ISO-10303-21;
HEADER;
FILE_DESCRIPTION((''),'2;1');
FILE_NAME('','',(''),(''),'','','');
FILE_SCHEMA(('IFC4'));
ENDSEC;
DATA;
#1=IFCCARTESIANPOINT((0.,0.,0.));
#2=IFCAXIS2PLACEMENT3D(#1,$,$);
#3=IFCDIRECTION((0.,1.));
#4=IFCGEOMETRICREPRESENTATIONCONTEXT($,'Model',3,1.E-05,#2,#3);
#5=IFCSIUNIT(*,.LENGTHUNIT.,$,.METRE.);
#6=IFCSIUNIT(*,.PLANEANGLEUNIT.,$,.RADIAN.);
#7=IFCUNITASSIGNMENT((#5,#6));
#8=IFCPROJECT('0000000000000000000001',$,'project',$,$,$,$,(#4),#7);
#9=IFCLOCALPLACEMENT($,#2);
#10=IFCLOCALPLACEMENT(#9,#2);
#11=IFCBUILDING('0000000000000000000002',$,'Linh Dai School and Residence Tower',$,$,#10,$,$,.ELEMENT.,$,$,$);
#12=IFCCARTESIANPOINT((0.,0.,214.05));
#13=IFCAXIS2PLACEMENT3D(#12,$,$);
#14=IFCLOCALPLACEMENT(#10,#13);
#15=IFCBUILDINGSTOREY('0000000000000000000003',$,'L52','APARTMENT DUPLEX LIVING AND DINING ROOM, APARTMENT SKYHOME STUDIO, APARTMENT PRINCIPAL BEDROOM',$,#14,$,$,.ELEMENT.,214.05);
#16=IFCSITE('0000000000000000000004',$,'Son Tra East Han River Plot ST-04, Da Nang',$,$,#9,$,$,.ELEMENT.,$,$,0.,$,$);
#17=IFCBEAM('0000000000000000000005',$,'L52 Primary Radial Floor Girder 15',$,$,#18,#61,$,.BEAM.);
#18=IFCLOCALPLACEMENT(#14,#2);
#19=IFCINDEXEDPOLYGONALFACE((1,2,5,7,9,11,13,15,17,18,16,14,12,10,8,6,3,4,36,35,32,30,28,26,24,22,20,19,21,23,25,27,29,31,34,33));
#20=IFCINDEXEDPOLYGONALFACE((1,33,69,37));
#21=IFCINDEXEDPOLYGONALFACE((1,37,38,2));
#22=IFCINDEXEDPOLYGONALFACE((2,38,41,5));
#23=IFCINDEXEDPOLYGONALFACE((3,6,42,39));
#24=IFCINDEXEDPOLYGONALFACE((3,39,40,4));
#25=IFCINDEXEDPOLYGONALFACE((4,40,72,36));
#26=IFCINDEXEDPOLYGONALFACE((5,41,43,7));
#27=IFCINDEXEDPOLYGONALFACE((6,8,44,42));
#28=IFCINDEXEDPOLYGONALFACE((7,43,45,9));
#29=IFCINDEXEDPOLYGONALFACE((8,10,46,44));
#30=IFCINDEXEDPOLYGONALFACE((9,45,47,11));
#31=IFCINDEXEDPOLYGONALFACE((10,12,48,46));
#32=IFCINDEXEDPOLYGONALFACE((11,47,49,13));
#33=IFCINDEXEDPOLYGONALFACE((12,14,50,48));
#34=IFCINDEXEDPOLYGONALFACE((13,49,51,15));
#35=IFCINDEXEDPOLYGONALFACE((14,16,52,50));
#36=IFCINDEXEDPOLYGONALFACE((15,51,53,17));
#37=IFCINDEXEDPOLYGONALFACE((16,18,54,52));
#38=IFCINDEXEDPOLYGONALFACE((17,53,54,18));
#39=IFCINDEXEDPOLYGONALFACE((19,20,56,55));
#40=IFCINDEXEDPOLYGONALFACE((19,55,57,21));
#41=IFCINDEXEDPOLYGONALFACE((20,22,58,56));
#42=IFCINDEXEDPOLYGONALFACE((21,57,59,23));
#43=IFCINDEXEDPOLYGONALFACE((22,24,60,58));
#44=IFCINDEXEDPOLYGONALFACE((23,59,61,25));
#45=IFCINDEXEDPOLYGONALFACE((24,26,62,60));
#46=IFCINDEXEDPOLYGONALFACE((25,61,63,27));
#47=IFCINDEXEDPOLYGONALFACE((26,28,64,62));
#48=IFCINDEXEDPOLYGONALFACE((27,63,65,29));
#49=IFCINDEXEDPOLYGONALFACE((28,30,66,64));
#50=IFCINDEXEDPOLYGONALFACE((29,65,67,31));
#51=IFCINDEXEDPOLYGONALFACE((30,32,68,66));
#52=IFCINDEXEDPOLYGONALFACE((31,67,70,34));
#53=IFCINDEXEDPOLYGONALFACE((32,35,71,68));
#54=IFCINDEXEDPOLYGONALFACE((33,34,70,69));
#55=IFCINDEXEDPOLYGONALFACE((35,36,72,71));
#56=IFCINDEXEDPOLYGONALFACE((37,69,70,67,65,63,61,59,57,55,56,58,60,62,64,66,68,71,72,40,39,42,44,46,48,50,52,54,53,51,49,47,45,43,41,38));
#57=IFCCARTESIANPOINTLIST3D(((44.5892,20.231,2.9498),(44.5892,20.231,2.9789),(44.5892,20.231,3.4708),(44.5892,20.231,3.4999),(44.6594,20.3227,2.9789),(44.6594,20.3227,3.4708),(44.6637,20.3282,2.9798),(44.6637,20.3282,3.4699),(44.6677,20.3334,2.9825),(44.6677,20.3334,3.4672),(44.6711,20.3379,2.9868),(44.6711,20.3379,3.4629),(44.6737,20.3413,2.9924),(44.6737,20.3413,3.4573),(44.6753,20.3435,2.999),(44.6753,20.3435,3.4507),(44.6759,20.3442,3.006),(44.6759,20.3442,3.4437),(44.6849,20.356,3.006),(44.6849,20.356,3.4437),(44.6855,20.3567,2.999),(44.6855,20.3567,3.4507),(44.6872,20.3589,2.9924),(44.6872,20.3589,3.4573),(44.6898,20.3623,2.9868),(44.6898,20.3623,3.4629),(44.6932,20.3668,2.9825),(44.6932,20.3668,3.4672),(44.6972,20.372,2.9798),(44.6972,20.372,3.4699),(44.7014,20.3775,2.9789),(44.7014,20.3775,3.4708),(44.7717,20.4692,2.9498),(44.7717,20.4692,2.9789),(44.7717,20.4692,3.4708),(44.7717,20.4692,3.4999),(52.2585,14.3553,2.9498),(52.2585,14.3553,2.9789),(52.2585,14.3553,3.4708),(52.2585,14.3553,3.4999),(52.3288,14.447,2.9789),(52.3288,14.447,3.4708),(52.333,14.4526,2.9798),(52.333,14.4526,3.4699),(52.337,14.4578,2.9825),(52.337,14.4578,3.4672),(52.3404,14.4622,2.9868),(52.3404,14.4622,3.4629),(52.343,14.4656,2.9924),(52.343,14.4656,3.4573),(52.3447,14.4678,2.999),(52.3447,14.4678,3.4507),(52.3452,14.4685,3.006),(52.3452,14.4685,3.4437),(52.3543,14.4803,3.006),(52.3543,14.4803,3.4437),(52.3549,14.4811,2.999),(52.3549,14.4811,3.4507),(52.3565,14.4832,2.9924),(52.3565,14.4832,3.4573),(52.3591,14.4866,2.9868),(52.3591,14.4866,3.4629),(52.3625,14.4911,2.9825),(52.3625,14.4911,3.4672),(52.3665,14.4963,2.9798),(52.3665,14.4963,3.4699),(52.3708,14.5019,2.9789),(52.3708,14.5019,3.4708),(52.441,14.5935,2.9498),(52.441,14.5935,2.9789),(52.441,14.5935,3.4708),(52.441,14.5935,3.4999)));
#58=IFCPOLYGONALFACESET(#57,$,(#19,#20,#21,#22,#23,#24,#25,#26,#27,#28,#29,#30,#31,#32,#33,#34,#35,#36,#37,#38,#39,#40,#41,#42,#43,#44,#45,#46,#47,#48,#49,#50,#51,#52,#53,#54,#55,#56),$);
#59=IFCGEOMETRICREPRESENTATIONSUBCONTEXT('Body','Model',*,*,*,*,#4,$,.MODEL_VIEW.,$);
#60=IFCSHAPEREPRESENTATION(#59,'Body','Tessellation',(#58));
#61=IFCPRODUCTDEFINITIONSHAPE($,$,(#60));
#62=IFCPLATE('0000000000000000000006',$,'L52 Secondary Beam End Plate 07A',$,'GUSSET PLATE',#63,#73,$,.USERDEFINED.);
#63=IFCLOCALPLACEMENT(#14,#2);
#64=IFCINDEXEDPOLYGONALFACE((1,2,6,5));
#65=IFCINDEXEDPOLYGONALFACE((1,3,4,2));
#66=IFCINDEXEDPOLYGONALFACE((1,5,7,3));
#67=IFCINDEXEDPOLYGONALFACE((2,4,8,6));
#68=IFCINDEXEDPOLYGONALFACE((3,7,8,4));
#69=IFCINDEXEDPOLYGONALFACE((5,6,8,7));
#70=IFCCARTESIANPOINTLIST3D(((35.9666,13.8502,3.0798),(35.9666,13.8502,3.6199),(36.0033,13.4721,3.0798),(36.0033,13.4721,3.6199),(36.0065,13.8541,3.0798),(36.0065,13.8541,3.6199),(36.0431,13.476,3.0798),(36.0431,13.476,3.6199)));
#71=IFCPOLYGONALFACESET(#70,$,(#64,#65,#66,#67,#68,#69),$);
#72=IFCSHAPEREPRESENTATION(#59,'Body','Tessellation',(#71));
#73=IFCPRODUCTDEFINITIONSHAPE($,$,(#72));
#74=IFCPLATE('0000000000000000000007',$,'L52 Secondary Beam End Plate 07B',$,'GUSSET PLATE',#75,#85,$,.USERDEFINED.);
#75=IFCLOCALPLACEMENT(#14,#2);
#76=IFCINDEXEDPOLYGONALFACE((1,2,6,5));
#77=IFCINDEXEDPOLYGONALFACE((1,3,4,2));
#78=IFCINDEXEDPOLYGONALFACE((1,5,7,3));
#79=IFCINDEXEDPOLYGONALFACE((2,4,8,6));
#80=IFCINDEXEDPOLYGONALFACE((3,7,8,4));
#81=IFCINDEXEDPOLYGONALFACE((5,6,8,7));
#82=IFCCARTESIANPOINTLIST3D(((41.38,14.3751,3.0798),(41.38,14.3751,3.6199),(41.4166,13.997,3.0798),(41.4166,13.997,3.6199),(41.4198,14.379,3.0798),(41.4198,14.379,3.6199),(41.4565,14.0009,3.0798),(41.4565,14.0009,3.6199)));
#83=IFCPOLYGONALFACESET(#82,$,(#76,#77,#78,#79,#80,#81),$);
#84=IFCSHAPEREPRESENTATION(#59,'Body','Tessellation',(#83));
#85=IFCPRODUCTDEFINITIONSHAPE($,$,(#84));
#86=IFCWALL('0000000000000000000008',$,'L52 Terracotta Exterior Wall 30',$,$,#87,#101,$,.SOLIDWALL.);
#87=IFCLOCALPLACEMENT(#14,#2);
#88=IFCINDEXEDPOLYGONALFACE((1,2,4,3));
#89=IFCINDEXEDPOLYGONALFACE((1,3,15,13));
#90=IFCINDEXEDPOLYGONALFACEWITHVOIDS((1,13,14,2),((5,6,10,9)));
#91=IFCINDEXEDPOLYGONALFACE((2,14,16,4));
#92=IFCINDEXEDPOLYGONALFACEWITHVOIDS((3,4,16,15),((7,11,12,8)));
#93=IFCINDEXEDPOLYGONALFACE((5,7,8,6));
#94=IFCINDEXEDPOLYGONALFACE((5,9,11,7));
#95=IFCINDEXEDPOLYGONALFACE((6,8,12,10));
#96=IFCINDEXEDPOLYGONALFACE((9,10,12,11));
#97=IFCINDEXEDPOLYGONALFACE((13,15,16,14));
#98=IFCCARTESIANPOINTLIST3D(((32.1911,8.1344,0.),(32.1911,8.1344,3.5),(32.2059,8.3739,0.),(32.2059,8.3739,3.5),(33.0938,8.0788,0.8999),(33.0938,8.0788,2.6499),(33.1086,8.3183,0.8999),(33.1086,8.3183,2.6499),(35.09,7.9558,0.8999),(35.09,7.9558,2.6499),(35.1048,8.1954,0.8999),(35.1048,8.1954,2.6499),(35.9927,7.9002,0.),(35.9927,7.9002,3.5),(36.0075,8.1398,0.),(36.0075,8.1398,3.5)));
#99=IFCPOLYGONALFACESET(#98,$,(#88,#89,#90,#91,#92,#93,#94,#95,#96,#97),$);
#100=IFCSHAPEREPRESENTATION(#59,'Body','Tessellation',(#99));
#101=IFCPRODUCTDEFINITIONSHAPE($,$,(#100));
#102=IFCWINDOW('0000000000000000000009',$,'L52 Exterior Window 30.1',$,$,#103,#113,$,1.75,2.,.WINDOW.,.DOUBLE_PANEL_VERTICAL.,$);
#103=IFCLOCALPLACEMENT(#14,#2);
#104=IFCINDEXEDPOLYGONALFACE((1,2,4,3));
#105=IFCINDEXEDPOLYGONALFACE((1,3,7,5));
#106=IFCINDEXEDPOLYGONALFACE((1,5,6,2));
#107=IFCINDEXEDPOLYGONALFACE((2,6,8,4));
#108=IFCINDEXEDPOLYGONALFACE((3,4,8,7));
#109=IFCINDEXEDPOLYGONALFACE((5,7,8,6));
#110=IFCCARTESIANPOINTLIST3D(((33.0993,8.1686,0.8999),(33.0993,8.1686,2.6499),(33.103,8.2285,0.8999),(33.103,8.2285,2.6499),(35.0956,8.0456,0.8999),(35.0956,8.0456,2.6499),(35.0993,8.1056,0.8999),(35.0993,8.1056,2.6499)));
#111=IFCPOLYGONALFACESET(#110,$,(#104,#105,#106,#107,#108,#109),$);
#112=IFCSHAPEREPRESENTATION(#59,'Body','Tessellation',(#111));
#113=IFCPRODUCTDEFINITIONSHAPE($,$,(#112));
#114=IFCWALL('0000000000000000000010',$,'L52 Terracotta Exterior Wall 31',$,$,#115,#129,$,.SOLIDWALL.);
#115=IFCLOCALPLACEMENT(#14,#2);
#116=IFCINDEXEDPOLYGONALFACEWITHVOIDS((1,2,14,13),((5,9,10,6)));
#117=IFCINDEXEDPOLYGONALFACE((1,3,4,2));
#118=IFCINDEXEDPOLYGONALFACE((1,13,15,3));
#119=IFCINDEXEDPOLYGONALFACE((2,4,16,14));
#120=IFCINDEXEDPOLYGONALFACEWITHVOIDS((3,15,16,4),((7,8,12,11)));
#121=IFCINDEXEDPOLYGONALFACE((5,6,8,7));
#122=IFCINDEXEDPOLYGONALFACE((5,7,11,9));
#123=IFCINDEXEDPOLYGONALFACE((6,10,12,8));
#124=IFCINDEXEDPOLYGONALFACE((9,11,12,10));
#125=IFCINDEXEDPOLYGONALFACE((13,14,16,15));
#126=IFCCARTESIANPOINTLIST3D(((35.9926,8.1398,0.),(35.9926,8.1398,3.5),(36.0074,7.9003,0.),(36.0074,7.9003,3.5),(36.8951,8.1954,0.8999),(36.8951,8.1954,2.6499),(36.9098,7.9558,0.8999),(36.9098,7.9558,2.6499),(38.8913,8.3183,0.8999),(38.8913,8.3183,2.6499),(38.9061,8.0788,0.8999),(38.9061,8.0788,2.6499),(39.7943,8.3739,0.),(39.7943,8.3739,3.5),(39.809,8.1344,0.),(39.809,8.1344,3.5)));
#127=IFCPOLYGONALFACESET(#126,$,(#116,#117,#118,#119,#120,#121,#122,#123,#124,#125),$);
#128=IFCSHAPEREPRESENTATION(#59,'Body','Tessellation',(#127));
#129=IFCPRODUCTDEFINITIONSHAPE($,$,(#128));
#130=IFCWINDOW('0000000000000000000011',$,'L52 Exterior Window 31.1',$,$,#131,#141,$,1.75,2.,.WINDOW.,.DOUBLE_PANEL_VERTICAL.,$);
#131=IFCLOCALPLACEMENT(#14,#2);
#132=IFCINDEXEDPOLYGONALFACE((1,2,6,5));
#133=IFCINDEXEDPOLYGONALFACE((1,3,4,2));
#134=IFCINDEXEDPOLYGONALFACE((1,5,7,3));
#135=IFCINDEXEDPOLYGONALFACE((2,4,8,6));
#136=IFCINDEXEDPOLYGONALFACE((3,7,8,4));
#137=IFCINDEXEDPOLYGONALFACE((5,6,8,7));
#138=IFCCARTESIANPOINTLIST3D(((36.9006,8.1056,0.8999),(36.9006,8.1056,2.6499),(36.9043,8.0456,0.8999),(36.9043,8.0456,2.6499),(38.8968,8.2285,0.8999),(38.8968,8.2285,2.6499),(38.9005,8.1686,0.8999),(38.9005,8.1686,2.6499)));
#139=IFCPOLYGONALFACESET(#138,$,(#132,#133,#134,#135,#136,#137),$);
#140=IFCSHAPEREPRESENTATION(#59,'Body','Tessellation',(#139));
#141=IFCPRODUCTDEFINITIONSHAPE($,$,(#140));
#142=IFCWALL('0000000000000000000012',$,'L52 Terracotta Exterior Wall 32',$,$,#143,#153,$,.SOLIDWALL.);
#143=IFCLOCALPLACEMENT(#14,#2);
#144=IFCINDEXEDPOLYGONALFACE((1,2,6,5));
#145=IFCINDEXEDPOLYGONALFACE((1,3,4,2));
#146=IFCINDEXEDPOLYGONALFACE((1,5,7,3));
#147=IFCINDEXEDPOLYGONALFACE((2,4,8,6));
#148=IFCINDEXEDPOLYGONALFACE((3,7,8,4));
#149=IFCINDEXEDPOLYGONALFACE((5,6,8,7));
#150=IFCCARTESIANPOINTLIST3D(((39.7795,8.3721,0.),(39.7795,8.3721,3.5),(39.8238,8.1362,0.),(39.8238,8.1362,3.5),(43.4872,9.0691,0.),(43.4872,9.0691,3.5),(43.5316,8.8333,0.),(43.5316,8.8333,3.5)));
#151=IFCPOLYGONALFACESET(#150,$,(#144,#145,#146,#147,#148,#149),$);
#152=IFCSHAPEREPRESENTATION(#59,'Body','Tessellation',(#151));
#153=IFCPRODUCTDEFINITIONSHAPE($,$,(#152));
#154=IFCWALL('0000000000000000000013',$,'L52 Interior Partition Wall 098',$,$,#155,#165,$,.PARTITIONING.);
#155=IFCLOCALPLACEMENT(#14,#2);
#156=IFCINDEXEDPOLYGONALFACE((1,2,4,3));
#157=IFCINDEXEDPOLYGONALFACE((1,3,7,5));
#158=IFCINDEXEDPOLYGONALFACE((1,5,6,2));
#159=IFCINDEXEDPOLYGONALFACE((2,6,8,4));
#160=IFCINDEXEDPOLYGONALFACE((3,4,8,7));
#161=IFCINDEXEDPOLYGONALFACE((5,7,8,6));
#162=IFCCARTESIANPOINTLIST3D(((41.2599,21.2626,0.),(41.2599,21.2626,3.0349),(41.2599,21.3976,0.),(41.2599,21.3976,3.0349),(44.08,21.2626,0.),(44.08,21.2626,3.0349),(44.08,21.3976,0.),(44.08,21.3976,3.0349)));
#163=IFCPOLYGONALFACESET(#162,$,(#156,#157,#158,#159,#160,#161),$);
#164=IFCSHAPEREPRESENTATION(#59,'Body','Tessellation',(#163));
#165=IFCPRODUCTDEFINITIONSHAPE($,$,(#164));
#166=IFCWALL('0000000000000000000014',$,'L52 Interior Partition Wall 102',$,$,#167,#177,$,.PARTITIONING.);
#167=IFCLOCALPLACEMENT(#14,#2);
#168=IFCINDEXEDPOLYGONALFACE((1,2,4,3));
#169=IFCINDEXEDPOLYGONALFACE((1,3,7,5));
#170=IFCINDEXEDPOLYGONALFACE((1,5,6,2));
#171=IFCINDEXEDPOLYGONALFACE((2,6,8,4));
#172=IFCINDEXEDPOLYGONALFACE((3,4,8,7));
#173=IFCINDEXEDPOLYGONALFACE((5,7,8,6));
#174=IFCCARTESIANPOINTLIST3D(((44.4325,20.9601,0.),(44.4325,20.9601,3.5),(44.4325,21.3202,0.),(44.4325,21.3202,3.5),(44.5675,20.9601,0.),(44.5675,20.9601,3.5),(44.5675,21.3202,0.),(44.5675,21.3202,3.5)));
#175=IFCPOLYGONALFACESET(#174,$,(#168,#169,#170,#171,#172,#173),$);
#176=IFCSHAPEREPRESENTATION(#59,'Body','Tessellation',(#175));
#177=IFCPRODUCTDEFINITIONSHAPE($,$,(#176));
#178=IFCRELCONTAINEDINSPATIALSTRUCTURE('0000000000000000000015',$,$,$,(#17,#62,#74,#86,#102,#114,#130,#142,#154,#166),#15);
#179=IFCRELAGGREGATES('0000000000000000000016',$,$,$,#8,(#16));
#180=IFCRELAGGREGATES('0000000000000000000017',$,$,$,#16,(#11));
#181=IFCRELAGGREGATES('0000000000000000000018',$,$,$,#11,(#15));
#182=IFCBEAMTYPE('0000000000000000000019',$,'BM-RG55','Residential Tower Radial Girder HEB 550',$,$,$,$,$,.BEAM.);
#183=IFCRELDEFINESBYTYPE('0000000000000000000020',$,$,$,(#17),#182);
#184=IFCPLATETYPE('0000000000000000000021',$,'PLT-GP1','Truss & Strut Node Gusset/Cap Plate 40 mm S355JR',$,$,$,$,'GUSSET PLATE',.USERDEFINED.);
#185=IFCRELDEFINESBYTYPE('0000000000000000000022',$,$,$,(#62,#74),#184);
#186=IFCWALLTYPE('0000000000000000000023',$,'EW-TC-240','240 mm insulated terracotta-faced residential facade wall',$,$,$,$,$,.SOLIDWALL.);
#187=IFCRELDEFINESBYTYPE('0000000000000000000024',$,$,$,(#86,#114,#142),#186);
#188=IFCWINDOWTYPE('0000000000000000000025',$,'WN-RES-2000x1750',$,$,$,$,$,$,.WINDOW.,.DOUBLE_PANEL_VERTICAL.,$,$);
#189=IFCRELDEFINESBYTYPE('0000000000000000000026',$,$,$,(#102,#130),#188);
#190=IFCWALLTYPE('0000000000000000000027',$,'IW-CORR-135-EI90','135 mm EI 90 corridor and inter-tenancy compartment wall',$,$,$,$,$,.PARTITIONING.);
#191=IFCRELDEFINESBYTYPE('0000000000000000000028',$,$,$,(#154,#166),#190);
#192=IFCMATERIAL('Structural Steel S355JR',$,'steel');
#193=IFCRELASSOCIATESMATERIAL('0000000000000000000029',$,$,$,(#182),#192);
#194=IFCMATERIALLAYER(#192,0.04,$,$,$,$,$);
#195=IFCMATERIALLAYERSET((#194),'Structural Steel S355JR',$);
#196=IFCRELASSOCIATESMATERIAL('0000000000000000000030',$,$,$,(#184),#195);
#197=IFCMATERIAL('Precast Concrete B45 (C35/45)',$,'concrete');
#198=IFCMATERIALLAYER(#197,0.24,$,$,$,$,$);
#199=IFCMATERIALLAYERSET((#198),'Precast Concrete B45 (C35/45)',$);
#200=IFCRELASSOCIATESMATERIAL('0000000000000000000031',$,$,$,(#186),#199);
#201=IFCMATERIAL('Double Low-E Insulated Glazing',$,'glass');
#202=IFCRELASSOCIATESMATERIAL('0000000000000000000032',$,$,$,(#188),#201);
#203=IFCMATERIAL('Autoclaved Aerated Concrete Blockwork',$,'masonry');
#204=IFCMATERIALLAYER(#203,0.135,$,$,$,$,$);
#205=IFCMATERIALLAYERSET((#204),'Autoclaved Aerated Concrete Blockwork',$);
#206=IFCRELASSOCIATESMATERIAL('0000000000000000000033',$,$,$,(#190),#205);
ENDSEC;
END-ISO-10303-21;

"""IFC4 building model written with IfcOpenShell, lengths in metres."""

from ifc_helpers import new_model, si_unit, direction, frame, frame_2d, origin, origin_2d, place, context, subcontext, project, spatial, rectangle, i_section, extrude, source, transform, mapped, material, layer, layer_set, material_profile, profile_set, type_object, element, fill, save


model = new_model("IFC4")

# Units and contexts
model_context = context("Model", 3, precision=1e-05, world=origin(), true_north=direction((0.0, 1.0)))
body_context = subcontext(model_context, "Body", "Model", "MODEL_VIEW")
ifc_project = project(units=[si_unit("LENGTHUNIT", "METRE"), si_unit("PLANEANGLEUNIT", "RADIAN")], contexts=[model_context])

# Site, building, storey
site_placement = place(None, origin())
site = spatial("IfcSite", under=ifc_project, at=site_placement, Name="Son Tra East Han River Plot ST-04, Da Nang", CompositionType="ELEMENT", RefElevation=0.0)
building_placement = place(site_placement, origin())
building = spatial("IfcBuilding", under=site, at=building_placement, Name="Linh Dai School and Residence Tower", CompositionType="ELEMENT")
storey_placement = place(building_placement, frame((0.0, 0.0, 214.05)))
storey = spatial("IfcBuildingStorey", under=building, at=storey_placement, Name="L52", Description="APARTMENT DUPLEX LIVING AND DINING ROOM, APARTMENT SKYHOME STUDIO, APARTMENT PRINCIPAL BEDROOM", CompositionType="ELEMENT", Elevation=214.05)

# Shared definitions
ifc_material_1 = material(Name="Structural Steel S355JR", Category="steel")

# Beam
ifc_material_profile_1 = material_profile(ifc_material_1, i_section(OverallWidth=0.3, OverallDepth=0.55, WebThickness=0.0149, FlangeThickness=0.0291, FilletRadius=0.0271, at=origin_2d()), Name="HEB 550")
ifc_profile_set_1 = profile_set([ifc_material_profile_1], Name="Structural Steel S355JR")
beam_type_1 = type_object("IfcBeamType", Name="BM-RG55", Description="Residential Tower Radial Girder HEB 550", PredefinedType="BEAM", material=ifc_profile_set_1)
beam_1_placement = place(storey_placement, frame((44.6804, 20.3501, 3.2249), z_axis=(0.793815, -0.60816, 0.0), x_axis=(0.60816, 0.793815, 0.0)))
element("IfcBeam", 1, at=beam_1_placement, inside=storey, type_object=beam_type_1, Name="L52 Primary Radial Floor Girder 15", PredefinedType="BEAM", context=body_context, shape_type="SweptSolid", body=[
    extrude(i_section(OverallWidth=0.3, OverallDepth=0.55, WebThickness=0.0149, FlangeThickness=0.0291, FilletRadius=0.0271, at=origin_2d()), origin(), (0.0, 0.0, 1.0), 9.6614),
])

# Plates
ifc_layer_1 = layer(ifc_material_1, 0.04)
ifc_layer_set_1 = layer_set([ifc_layer_1], Name="Structural Steel S355JR")
plate_type = type_object("IfcPlateType", Name="PLT-GP1", Description="Truss & Strut Node Gusset/Cap Plate 40 mm S355JR", ElementType="GUSSET PLATE", PredefinedType="USERDEFINED", material=ifc_layer_set_1)
shared_shape_1 = source(origin(), body_context, "Body", "SweptSolid", [
    extrude(rectangle(XDim=0.04, YDim=0.3799, at=origin_2d()), origin(), (0.0, 0.0, 1.0), 0.54),
])
for number, where, z_axis, x_axis, name in (
    (2, (36.0049, 13.6631, 3.0798), (0.0, 0.0, 1.0), (0.995333, 0.096497, 0.0), "L52 Secondary Beam End Plate 07A"),
    (3, (41.4182, 14.188, 3.0798), (0.0, 0.0, 1.0), (0.995333, 0.096497, 0.0), "L52 Secondary Beam End Plate 07B"),
):
    element("IfcPlate", number, at=place(storey_placement, frame(where, z_axis=z_axis, x_axis=x_axis)), inside=storey, type_object=plate_type, Name=name, ObjectType="GUSSET PLATE", PredefinedType="USERDEFINED", context=body_context, shape_type="MappedRepresentation", body=[
        mapped(shared_shape_1, transform((0.0, 0.0, 0.0), x_axis=(1.0, 0.0, 0.0), y_axis=(0.0, 1.0, 0.0), z_axis=(0.0, 0.0, 1.0), scale=1.0)),
    ])

# Walls, openings, windows
ifc_material_2 = material(Name="Precast Concrete B45 (C35/45)", Category="concrete")
ifc_layer_2 = layer(ifc_material_2, 0.24)
ifc_layer_set_2 = layer_set([ifc_layer_2], Name="Precast Concrete B45 (C35/45)")
wall_type_1 = type_object("IfcWallType", Name="EW-TC-240", Description="240 mm insulated terracotta-faced residential facade wall", PredefinedType="SOLIDWALL", material=ifc_layer_set_2)
wall_1_placement = place(storey_placement, frame((36.0, 8.02, 0.0), z_axis=(0.0, 0.0, 1.0), x_axis=(-0.998109, 0.061472, 0.0)))
wall_1 = element("IfcWall", 4, at=wall_1_placement, inside=storey, type_object=wall_type_1, Name="L52 Terracotta Exterior Wall 30", PredefinedType="SOLIDWALL", context=body_context, shape_type="SweptSolid", body=[
    extrude(rectangle(XDim=3.8088, YDim=0.24, at=frame_2d((1.9043, 0.0))), origin(), (0.0, 0.0, 1.0), 3.5),
])
opening_1_placement = place(wall_1_placement, frame((0.9043, 0.0, 0.8999)))
opening_1 = element("IfcOpeningElement", 5, at=opening_1_placement, cuts=wall_1, PredefinedType="OPENING", context=body_context, shape_type="SweptSolid", body=[
    extrude(rectangle(XDim=2.0, YDim=1.75, at=origin_2d()), frame((1.0, 0.1299, 0.875), z_axis=(0.0, -1.0, 0.0), x_axis=(1.0, 0.0, 0.0)), (0.0, 0.0, 1.0), 0.26),
])
ifc_material_3 = material(Name="Double Low-E Insulated Glazing", Category="glass")
window_type = type_object("IfcWindowType", Name="WN-RES-2000x1750", PartitioningType="DOUBLE_PANEL_VERTICAL", PredefinedType="WINDOW", material=ifc_material_3)
shared_shape_2 = source(origin(), body_context, "Body", "SweptSolid", [
    extrude(rectangle(XDim=2.0, YDim=1.75, at=origin_2d()), frame((1.0, 0.03, 0.875), z_axis=(0.0, -1.0, 0.0), x_axis=(1.0, 0.0, 0.0)), (0.0, 0.0, 1.0), 0.0601),
])
window_1_placement = place(opening_1_placement, origin())
window_1 = element("IfcWindow", 6, at=window_1_placement, inside=storey, type_object=window_type, Name="L52 Exterior Window 30.1", OverallHeight=1.75, OverallWidth=2.0, PartitioningType="DOUBLE_PANEL_VERTICAL", PredefinedType="WINDOW", context=body_context, shape_type="MappedRepresentation", body=[
    mapped(shared_shape_2, transform((0.0, 0.0, 0.0), x_axis=(1.0, 0.0, 0.0), y_axis=(0.0, 1.0, 0.0), z_axis=(0.0, 0.0, 1.0), scale=1.0)),
])
fill(opening_1, window_1)
wall_2_placement = place(storey_placement, frame((39.8015, 8.2542, 0.0), z_axis=(0.0, 0.0, 1.0), x_axis=(-0.998109, -0.061472, 0.0)))
wall_2 = element("IfcWall", 7, at=wall_2_placement, inside=storey, type_object=wall_type_1, Name="L52 Terracotta Exterior Wall 31", PredefinedType="SOLIDWALL", context=body_context, shape_type="SweptSolid", body=[
    extrude(rectangle(XDim=3.8088, YDim=0.24, at=frame_2d((1.9043, 0.0))), origin(), (0.0, 0.0, 1.0), 3.5),
])
opening_2_placement = place(wall_2_placement, frame((0.9045, 0.0, 0.8999)))
opening_2 = element("IfcOpeningElement", 8, at=opening_2_placement, cuts=wall_2, PredefinedType="OPENING", context=body_context, shape_type="SweptSolid", body=[
    extrude(rectangle(XDim=2.0, YDim=1.75, at=origin_2d()), frame((1.0, 0.1299, 0.875), z_axis=(0.0, -1.0, 0.0), x_axis=(1.0, 0.0, 0.0)), (0.0, 0.0, 1.0), 0.26),
])
window_2_placement = place(opening_2_placement, origin())
window_2 = element("IfcWindow", 9, at=window_2_placement, inside=storey, type_object=window_type, Name="L52 Exterior Window 31.1", OverallHeight=1.75, OverallWidth=2.0, PartitioningType="DOUBLE_PANEL_VERTICAL", PredefinedType="WINDOW", context=body_context, shape_type="MappedRepresentation", body=[
    mapped(shared_shape_2, transform((0.0, 0.0, 0.0), x_axis=(1.0, 0.0, 0.0), y_axis=(0.0, 1.0, 0.0), z_axis=(0.0, 0.0, 1.0), scale=1.0)),
])
fill(opening_2, window_2)

# Walls
wall_3_placement = place(storey_placement, frame((43.5093, 8.9512, 0.0), z_axis=(0.0, 0.0, 1.0), x_axis=(-0.982785, -0.184753, 0.0)))
element("IfcWall", 10, at=wall_3_placement, inside=storey, type_object=wall_type_1, Name="L52 Terracotta Exterior Wall 32", PredefinedType="SOLIDWALL", context=body_context, shape_type="SweptSolid", body=[
    extrude(rectangle(XDim=3.7727, YDim=0.24, at=frame_2d((1.8862, 0.0))), origin(), (0.0, 0.0, 1.0), 3.5),
])
ifc_material_4 = material(Name="Autoclaved Aerated Concrete Blockwork", Category="masonry")
ifc_layer_3 = layer(ifc_material_4, 0.135)
ifc_layer_set_3 = layer_set([ifc_layer_3], Name="Autoclaved Aerated Concrete Blockwork")
wall_type_2 = type_object("IfcWallType", Name="IW-CORR-135-EI90", Description="135 mm EI 90 corridor and inter-tenancy compartment wall", PredefinedType="PARTITIONING", material=ifc_layer_set_3)
wall_4_placement = place(storey_placement, frame((44.0801, 21.3301, 0.0), z_axis=(0.0, 0.0, 1.0), x_axis=(-1.0, 0.0, 0.0)))
element("IfcWall", 11, at=wall_4_placement, inside=storey, type_object=wall_type_2, Name="L52 Interior Partition Wall 098", PredefinedType="PARTITIONING", context=body_context, shape_type="SweptSolid", body=[
    extrude(rectangle(XDim=2.8201, YDim=0.135, at=frame_2d((1.4102, 0.0))), origin(), (0.0, 0.0, 1.0), 3.0349),
])
wall_5_placement = place(storey_placement, frame((44.5, 20.96, 0.0), z_axis=(0.0, 0.0, 1.0), x_axis=(0.0, 1.0, 0.0)))
element("IfcWall", 12, at=wall_5_placement, inside=storey, type_object=wall_type_2, Name="L52 Interior Partition Wall 102", PredefinedType="PARTITIONING", context=body_context, shape_type="SweptSolid", body=[
    extrude(rectangle(XDim=0.3601, YDim=0.135, at=frame_2d((0.1802, 0.0))), origin(), (0.0, 0.0, 1.0), 3.5),
])

save(model, "model.ifc")
